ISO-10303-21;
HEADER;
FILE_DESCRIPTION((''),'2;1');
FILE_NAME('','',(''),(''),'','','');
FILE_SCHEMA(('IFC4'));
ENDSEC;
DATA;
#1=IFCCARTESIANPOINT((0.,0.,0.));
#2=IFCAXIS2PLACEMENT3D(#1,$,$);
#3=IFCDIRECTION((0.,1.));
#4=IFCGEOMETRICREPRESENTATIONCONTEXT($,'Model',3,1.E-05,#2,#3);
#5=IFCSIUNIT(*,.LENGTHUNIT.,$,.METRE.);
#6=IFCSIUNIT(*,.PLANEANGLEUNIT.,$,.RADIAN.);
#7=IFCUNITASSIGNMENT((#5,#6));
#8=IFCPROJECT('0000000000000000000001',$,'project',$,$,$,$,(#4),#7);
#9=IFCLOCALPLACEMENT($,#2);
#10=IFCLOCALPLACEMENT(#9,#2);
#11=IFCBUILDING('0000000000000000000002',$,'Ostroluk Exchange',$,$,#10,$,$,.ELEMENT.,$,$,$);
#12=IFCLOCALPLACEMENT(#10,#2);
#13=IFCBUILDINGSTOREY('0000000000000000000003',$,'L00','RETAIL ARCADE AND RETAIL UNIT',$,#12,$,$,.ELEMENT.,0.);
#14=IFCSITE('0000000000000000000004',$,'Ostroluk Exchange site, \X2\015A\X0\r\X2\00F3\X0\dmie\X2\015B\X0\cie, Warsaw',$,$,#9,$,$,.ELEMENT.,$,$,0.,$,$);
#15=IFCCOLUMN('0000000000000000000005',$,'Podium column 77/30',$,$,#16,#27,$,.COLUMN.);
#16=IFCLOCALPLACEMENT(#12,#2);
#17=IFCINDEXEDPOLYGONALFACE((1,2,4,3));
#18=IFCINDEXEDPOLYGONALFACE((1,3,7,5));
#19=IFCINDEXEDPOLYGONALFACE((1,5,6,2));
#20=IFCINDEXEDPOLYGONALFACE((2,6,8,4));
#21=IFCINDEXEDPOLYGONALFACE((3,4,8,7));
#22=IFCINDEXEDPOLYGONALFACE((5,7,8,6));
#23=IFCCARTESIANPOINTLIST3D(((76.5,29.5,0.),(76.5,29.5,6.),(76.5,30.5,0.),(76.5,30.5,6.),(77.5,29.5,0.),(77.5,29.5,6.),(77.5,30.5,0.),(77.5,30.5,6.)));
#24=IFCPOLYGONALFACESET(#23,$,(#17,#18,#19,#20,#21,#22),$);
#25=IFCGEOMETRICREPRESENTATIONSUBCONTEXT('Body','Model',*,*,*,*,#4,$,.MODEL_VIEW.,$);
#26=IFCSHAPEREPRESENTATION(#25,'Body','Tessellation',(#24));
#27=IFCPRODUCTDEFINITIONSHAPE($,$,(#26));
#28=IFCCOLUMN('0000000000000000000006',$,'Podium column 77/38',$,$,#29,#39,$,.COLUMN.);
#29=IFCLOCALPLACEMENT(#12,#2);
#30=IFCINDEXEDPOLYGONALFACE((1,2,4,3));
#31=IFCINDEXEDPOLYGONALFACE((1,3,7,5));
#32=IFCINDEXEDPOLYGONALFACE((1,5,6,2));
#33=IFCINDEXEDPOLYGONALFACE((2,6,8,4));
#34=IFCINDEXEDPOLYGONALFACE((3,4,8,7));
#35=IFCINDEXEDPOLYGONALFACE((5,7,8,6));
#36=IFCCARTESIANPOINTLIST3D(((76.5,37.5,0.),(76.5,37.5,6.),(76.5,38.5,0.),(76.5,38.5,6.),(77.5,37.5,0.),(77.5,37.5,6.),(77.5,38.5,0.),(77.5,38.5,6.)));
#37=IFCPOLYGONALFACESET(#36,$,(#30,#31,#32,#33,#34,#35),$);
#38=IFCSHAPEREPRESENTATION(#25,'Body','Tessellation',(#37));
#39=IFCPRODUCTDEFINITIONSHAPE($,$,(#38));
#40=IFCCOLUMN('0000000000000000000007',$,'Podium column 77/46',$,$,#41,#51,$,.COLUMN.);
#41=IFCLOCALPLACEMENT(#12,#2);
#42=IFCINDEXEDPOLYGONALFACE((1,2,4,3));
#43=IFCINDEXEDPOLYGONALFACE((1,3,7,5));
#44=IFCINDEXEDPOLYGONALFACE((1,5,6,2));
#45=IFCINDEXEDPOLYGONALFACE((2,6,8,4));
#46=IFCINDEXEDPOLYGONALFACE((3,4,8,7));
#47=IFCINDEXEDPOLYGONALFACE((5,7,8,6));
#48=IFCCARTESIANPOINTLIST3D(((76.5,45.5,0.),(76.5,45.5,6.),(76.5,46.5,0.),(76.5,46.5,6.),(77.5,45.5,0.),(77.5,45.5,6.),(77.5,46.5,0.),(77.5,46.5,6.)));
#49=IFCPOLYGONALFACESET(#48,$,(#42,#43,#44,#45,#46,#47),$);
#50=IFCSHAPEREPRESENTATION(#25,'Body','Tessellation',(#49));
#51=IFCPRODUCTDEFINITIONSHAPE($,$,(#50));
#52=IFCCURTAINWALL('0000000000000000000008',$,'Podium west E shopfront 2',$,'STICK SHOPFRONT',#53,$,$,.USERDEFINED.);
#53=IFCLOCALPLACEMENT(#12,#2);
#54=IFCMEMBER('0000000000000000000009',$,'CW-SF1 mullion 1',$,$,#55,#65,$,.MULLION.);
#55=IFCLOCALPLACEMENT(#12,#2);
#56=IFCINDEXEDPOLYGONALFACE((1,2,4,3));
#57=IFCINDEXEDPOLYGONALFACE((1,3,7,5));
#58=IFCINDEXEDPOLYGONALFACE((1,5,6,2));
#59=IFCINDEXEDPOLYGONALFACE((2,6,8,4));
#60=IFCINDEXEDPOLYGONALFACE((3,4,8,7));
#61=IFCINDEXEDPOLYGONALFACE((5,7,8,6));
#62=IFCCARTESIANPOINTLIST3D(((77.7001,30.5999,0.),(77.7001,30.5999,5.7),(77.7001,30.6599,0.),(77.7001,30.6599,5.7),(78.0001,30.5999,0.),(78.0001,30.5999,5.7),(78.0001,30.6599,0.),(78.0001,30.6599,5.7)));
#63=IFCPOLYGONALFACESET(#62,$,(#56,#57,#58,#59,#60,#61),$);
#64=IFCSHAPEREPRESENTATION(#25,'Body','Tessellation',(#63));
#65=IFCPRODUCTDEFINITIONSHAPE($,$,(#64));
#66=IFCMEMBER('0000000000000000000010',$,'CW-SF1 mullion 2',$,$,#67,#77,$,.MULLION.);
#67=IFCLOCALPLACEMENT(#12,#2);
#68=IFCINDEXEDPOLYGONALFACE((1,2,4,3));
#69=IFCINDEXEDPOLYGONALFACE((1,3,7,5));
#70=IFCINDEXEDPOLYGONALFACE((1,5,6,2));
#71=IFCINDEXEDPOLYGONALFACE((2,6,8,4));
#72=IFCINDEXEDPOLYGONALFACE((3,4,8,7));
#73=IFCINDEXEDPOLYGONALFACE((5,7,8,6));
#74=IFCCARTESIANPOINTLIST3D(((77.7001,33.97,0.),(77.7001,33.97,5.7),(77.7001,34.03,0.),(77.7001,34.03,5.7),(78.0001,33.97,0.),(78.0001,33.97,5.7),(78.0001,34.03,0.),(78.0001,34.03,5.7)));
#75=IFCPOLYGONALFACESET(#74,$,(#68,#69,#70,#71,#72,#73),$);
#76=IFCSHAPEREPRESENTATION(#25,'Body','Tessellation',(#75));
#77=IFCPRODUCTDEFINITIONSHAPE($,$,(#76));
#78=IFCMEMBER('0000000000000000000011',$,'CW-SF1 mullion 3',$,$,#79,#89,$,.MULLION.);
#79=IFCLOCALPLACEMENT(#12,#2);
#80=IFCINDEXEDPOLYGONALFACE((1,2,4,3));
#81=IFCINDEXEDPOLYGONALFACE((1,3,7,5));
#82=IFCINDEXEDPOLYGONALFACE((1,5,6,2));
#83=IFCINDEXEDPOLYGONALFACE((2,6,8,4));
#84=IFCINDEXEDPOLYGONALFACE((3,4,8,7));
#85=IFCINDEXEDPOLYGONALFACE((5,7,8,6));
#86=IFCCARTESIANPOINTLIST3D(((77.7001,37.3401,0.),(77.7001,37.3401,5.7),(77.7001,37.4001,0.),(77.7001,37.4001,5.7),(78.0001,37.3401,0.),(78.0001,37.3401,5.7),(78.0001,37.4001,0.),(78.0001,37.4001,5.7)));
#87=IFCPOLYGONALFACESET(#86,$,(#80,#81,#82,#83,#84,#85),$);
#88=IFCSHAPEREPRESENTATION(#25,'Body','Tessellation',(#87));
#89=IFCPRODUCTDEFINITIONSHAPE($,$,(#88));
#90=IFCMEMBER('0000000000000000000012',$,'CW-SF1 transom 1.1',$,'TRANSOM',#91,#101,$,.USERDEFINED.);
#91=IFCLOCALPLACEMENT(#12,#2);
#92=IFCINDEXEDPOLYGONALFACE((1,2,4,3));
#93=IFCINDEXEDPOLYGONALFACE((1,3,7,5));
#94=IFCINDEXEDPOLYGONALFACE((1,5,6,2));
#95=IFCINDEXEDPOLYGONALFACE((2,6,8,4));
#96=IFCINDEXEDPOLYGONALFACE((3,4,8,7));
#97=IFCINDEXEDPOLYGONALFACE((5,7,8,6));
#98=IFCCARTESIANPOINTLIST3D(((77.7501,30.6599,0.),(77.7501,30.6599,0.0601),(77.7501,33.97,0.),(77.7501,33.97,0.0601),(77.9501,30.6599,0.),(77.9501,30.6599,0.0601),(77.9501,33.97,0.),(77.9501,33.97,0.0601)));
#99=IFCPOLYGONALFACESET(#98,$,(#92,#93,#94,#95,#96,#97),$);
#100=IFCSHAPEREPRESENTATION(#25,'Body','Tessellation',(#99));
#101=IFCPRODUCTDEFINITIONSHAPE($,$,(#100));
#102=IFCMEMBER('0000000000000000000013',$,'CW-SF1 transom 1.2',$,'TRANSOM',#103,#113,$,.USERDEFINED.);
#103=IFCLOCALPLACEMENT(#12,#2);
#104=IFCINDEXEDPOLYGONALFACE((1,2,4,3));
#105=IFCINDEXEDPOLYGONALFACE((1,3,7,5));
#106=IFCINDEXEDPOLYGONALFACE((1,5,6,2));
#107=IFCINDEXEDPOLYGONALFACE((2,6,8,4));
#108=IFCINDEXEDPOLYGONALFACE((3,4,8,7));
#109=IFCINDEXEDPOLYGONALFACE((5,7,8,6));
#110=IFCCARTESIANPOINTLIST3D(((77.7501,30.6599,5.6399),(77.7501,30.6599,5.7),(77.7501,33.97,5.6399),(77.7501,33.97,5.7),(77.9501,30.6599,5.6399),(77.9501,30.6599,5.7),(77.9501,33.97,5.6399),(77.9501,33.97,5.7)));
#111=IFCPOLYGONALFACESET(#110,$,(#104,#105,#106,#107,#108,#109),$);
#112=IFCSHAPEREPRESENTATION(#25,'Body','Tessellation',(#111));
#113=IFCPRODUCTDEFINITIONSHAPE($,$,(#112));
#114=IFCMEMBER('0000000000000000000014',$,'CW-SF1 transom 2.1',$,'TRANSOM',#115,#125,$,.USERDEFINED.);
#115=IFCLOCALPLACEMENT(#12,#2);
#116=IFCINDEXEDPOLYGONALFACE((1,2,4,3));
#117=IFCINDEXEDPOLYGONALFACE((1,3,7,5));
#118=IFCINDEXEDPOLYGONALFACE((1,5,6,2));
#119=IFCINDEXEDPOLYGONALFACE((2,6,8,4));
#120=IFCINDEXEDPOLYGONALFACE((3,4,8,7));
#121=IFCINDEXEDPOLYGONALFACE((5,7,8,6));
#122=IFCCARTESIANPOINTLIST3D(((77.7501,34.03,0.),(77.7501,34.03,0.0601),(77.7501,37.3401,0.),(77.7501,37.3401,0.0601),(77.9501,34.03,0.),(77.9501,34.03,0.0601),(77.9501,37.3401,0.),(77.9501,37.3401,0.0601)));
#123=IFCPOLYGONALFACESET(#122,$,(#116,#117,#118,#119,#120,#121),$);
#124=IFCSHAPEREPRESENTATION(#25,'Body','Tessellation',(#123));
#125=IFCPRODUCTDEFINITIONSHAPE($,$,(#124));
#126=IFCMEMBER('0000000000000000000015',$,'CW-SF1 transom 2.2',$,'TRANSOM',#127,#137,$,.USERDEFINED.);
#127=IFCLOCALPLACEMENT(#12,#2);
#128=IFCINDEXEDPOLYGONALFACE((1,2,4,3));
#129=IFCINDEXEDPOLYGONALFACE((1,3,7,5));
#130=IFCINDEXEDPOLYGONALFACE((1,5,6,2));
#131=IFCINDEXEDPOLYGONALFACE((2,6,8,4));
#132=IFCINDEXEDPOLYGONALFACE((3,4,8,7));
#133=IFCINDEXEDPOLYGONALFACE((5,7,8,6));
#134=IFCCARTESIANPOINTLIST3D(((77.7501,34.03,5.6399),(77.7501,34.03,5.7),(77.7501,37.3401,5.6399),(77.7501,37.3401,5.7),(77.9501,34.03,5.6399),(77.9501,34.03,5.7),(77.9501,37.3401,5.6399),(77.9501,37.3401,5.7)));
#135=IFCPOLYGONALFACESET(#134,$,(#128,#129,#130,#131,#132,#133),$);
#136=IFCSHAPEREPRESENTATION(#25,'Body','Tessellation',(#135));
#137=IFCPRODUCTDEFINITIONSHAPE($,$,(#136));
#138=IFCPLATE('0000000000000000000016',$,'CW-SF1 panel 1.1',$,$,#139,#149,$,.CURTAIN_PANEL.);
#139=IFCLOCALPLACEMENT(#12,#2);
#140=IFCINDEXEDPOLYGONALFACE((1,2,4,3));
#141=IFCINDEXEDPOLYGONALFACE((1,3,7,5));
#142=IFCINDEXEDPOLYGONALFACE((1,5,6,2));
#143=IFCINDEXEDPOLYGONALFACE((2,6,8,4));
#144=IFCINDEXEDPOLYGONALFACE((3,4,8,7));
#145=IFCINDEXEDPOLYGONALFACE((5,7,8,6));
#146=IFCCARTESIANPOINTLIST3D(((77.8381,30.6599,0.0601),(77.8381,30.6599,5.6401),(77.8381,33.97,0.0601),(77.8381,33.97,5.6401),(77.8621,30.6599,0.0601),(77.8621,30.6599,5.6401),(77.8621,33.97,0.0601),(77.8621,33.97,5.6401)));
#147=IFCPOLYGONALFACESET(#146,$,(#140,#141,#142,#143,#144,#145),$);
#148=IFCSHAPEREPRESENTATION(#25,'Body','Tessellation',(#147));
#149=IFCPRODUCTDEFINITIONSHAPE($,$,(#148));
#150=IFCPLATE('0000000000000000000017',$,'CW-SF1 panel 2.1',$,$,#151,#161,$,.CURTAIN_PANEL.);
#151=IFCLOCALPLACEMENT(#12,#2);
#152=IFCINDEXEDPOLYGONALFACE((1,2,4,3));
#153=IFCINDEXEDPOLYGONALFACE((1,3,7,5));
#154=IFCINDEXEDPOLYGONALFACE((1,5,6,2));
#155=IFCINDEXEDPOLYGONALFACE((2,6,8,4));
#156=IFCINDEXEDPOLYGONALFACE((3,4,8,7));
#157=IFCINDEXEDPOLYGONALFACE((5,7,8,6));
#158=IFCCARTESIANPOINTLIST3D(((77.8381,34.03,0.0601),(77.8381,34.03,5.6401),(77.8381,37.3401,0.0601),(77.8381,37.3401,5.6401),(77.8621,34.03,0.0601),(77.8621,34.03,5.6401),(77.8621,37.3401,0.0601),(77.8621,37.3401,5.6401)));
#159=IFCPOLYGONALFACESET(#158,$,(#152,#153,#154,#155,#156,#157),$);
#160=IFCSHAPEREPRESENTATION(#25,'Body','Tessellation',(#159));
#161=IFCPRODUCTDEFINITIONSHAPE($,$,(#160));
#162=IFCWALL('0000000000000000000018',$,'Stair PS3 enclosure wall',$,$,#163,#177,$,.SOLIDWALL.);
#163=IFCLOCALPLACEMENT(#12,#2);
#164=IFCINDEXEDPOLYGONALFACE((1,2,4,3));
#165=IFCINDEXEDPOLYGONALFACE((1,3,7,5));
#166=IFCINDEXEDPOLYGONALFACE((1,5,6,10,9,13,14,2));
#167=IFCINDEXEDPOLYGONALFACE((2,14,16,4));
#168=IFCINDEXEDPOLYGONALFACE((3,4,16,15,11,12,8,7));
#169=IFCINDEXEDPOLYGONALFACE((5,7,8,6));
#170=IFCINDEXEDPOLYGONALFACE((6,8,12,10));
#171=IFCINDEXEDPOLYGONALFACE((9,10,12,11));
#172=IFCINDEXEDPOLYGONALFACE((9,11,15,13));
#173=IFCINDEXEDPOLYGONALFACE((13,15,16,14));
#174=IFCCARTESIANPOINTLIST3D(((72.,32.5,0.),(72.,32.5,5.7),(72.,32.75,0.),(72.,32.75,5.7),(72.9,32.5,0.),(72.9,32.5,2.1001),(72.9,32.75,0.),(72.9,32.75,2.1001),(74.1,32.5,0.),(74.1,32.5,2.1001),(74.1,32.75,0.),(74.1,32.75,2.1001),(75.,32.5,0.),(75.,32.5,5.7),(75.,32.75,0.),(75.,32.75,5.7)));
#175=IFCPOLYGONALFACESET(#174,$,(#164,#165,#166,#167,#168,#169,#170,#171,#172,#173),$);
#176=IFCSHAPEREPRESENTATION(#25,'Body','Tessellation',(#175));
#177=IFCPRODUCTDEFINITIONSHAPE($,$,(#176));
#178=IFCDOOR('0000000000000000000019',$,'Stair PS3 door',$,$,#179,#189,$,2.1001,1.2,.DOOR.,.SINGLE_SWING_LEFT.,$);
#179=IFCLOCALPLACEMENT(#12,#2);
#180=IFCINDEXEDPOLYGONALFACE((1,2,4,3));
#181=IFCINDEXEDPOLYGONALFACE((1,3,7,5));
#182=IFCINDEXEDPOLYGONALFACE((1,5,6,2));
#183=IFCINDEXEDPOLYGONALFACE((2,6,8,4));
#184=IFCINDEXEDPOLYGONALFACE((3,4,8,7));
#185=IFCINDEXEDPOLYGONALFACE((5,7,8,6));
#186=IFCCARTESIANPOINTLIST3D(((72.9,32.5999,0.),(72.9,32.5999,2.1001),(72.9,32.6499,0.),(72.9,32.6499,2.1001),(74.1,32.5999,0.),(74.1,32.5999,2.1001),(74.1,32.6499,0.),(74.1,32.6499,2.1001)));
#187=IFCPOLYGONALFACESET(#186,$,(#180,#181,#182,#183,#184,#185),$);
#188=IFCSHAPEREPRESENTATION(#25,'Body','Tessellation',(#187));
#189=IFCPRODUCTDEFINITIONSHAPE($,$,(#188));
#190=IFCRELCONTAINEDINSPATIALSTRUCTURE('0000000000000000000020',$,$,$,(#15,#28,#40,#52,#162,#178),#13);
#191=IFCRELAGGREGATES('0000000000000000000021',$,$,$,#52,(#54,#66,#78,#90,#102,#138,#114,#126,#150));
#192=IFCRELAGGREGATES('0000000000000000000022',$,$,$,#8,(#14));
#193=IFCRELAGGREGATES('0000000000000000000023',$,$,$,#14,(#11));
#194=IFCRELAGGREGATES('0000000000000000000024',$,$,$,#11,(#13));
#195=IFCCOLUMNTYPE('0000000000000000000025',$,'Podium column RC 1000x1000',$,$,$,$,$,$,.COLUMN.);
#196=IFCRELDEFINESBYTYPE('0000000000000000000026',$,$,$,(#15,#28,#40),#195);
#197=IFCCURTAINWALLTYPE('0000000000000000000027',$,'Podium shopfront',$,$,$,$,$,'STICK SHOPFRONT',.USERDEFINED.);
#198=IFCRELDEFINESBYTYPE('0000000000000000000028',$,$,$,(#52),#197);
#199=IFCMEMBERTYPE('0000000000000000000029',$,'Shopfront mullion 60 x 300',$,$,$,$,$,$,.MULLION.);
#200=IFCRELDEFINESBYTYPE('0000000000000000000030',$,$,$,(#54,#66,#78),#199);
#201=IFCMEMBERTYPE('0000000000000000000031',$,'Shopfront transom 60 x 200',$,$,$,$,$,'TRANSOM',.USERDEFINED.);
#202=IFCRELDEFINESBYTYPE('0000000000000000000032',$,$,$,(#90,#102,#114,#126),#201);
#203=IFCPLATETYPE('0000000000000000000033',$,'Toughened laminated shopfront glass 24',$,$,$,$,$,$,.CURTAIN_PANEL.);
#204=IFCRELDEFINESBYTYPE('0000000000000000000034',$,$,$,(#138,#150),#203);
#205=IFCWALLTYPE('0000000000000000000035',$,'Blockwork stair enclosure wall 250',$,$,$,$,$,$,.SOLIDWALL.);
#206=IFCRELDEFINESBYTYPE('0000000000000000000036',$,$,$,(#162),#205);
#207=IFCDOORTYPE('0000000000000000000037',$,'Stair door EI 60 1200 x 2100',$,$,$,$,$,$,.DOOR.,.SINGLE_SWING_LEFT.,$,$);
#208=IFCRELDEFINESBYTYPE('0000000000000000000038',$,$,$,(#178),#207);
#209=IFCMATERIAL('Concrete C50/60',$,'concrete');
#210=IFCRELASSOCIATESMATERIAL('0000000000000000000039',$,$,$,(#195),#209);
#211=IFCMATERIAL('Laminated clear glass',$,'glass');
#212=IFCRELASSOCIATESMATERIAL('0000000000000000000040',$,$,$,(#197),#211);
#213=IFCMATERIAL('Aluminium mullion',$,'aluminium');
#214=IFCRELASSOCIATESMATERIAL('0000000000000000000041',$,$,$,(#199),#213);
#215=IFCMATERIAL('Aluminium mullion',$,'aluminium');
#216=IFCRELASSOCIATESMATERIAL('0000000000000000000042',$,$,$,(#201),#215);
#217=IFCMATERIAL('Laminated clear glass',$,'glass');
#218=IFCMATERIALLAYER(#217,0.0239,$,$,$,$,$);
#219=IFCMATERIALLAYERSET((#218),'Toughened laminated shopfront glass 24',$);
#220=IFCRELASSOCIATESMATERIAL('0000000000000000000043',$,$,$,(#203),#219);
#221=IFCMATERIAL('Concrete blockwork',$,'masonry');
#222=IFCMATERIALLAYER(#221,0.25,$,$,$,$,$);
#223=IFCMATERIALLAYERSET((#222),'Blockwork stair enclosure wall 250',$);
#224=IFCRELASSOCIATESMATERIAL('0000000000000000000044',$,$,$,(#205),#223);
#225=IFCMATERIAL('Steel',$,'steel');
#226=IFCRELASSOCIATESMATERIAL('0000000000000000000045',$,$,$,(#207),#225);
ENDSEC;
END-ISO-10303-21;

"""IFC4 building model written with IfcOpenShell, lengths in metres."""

from ifc_helpers import new_model, si_unit, direction, frame, frame_2d, origin, origin_2d, place, context, subcontext, project, spatial, rectangle, extrude, material, layer, layer_set, material_profile, profile_set, type_object, element, fill, aggregate, save


model = new_model("IFC4")

# Units and contexts
model_context = context("Model", 3, precision=1e-05, world=origin(), true_north=direction((0.0, 1.0)))
body_context = subcontext(model_context, "Body", "Model", "MODEL_VIEW")
ifc_project = project(units=[si_unit("LENGTHUNIT", "METRE"), si_unit("PLANEANGLEUNIT", "RADIAN")], contexts=[model_context])

# Site, building, storey
site_placement = place(None, origin())
site = spatial("IfcSite", under=ifc_project, at=site_placement, Name="Ostroluk Exchange site, Śródmieście, Warsaw", CompositionType="ELEMENT", RefElevation=0.0)
building_placement = place(site_placement, origin())
building = spatial("IfcBuilding", under=site, at=building_placement, Name="Ostroluk Exchange", CompositionType="ELEMENT")
storey_placement = place(building_placement, origin())
storey = spatial("IfcBuildingStorey", under=building, at=storey_placement, Name="L00", Description="RETAIL ARCADE AND RETAIL UNIT", CompositionType="ELEMENT", Elevation=0.0)

# Columns
ifc_material_1 = material(Name="Concrete C50/60", Category="concrete")
ifc_material_profile_1 = material_profile(ifc_material_1, rectangle(XDim=1.0, YDim=1.0, at=origin_2d()), Name="RC 1000x1000")
ifc_profile_set_1 = profile_set([ifc_material_profile_1], Name="Concrete C50/60")
column_type = type_object("IfcColumnType", Name="Podium column RC 1000x1000", PredefinedType="COLUMN", material=ifc_profile_set_1)
for number, where, z_axis, x_axis, name in (
    (1, (77.0, 30.0, 0.0), (0.0, 0.0, 1.0), (1.0, 0.0, 0.0), "Podium column 77/30"),
    (2, (77.0, 38.0, 0.0), (0.0, 0.0, 1.0), (1.0, 0.0, 0.0), "Podium column 77/38"),
    (3, (77.0, 46.0, 0.0), (0.0, 0.0, 1.0), (1.0, 0.0, 0.0), "Podium column 77/46"),
):
    element("IfcColumn", number, at=place(storey_placement, frame(where, z_axis=z_axis, x_axis=x_axis)), inside=storey, type_object=column_type, Name=name, PredefinedType="COLUMN", context=body_context, shape_type="SweptSolid", body=[
        extrude(rectangle(XDim=1.0, YDim=1.0, at=origin_2d()), origin(), (0.0, 0.0, 1.0), 6.0),
    ])

# Curtain wall, members, plates
ifc_material_2 = material(Name="Laminated clear glass", Category="glass")
curtain_wall_type = type_object("IfcCurtainWallType", Name="Podium shopfront", ElementType="STICK SHOPFRONT", PredefinedType="USERDEFINED", material=ifc_material_2)
curtain_wall_placement = place(storey_placement, origin())
curtain_wall = element("IfcCurtainWall", 4, at=curtain_wall_placement, inside=storey, type_object=curtain_wall_type, Name="Podium west E shopfront 2", ObjectType="STICK SHOPFRONT", PredefinedType="USERDEFINED")
ifc_material_3 = material(Name="Aluminium mullion", Category="aluminium")
ifc_material_profile_2 = material_profile(ifc_material_3, rectangle(XDim=0.3, YDim=0.0601, at=origin_2d()), Name="Shopfront mullion 60 x 300")
ifc_profile_set_2 = profile_set([ifc_material_profile_2], Name="Aluminium mullion")
member_type_1 = type_object("IfcMemberType", Name="Shopfront mullion 60 x 300", PredefinedType="MULLION", material=ifc_profile_set_2)
member_1_placement = place(storey_placement, frame((77.8501, 30.6299, 0.0), z_axis=(0.0, 0.0, 1.0), x_axis=(-1.0, 0.0, 0.0)))
member_1 = element("IfcMember", 5, at=member_1_placement, type_object=member_type_1, Name="CW-SF1 mullion 1", PredefinedType="MULLION", context=body_context, shape_type="SweptSolid", body=[
    extrude(rectangle(XDim=0.3, YDim=0.0601, at=origin_2d()), origin(), (0.0, 0.0, 1.0), 5.7),
])
member_2_placement = place(storey_placement, frame((77.8501, 34.0, 0.0), z_axis=(0.0, 0.0, 1.0), x_axis=(-1.0, 0.0, 0.0)))
member_2 = element("IfcMember", 6, at=member_2_placement, type_object=member_type_1, Name="CW-SF1 mullion 2", PredefinedType="MULLION", context=body_context, shape_type="SweptSolid", body=[
    extrude(rectangle(XDim=0.3, YDim=0.0601, at=origin_2d()), origin(), (0.0, 0.0, 1.0), 5.7),
])
member_3_placement = place(storey_placement, frame((77.8501, 37.3701, 0.0), z_axis=(0.0, 0.0, 1.0), x_axis=(-1.0, 0.0, 0.0)))
member_3 = element("IfcMember", 7, at=member_3_placement, type_object=member_type_1, Name="CW-SF1 mullion 3", PredefinedType="MULLION", context=body_context, shape_type="SweptSolid", body=[
    extrude(rectangle(XDim=0.3, YDim=0.0601, at=origin_2d()), origin(), (0.0, 0.0, 1.0), 5.7),
])
ifc_material_4 = material(Name="Aluminium mullion", Category="aluminium")
ifc_material_profile_3 = material_profile(ifc_material_4, rectangle(XDim=0.2, YDim=0.0601, at=origin_2d()), Name="Shopfront transom 60 x 200")
ifc_profile_set_3 = profile_set([ifc_material_profile_3], Name="Aluminium mullion")
member_type_2 = type_object("IfcMemberType", Name="Shopfront transom 60 x 200", ElementType="TRANSOM", PredefinedType="USERDEFINED", material=ifc_profile_set_3)
member_4_placement = place(storey_placement, frame((77.8501, 30.6599, 0.03), z_axis=(0.0, 1.0, 0.0), x_axis=(-1.0, 0.0, 0.0)))
member_4 = element("IfcMember", 8, at=member_4_placement, type_object=member_type_2, Name="CW-SF1 transom 1.1", ObjectType="TRANSOM", PredefinedType="USERDEFINED", context=body_context, shape_type="SweptSolid", body=[
    extrude(rectangle(XDim=0.2, YDim=0.0601, at=origin_2d()), origin(), (0.0, 0.0, 1.0), 3.3101),
])
member_5_placement = place(storey_placement, frame((77.8501, 30.6599, 5.6699), z_axis=(0.0, 1.0, 0.0), x_axis=(-1.0, 0.0, 0.0)))
member_5 = element("IfcMember", 9, at=member_5_placement, type_object=member_type_2, Name="CW-SF1 transom 1.2", ObjectType="TRANSOM", PredefinedType="USERDEFINED", context=body_context, shape_type="SweptSolid", body=[
    extrude(rectangle(XDim=0.2, YDim=0.0601, at=origin_2d()), origin(), (0.0, 0.0, 1.0), 3.3101),
])
member_6_placement = place(storey_placement, frame((77.8501, 34.03, 0.03), z_axis=(0.0, 1.0, 0.0), x_axis=(-1.0, 0.0, 0.0)))
member_6 = element("IfcMember", 10, at=member_6_placement, type_object=member_type_2, Name="CW-SF1 transom 2.1", ObjectType="TRANSOM", PredefinedType="USERDEFINED", context=body_context, shape_type="SweptSolid", body=[
    extrude(rectangle(XDim=0.2, YDim=0.0601, at=origin_2d()), origin(), (0.0, 0.0, 1.0), 3.3101),
])
member_7_placement = place(storey_placement, frame((77.8501, 34.03, 5.6699), z_axis=(0.0, 1.0, 0.0), x_axis=(-1.0, 0.0, 0.0)))
member_7 = element("IfcMember", 11, at=member_7_placement, type_object=member_type_2, Name="CW-SF1 transom 2.2", ObjectType="TRANSOM", PredefinedType="USERDEFINED", context=body_context, shape_type="SweptSolid", body=[
    extrude(rectangle(XDim=0.2, YDim=0.0601, at=origin_2d()), origin(), (0.0, 0.0, 1.0), 3.3101),
])
ifc_material_5 = material(Name="Laminated clear glass", Category="glass")
ifc_layer_1 = layer(ifc_material_5, 0.0239)
ifc_layer_set_1 = layer_set([ifc_layer_1], Name="Toughened laminated shopfront glass 24")
plate_type = type_object("IfcPlateType", Name="Toughened laminated shopfront glass 24", PredefinedType="CURTAIN_PANEL", material=ifc_layer_set_1)
plate_1_placement = place(storey_placement, frame((77.8501, 32.3149, 0.0601), z_axis=(0.0, 0.0, 1.0), x_axis=(0.0, 1.0, 0.0)))
plate_1 = element("IfcPlate", 12, at=plate_1_placement, type_object=plate_type, Name="CW-SF1 panel 1.1", PredefinedType="CURTAIN_PANEL", context=body_context, shape_type="SweptSolid", body=[
    extrude(rectangle(XDim=3.3101, YDim=0.0239, at=origin_2d()), origin(), (0.0, 0.0, 1.0), 5.5801),
])
plate_2_placement = place(storey_placement, frame((77.8501, 35.6851, 0.0601), z_axis=(0.0, 0.0, 1.0), x_axis=(0.0, 1.0, 0.0)))
plate_2 = element("IfcPlate", 13, at=plate_2_placement, type_object=plate_type, Name="CW-SF1 panel 2.1", PredefinedType="CURTAIN_PANEL", context=body_context, shape_type="SweptSolid", body=[
    extrude(rectangle(XDim=3.3101, YDim=0.0239, at=origin_2d()), origin(), (0.0, 0.0, 1.0), 5.5801),
])
aggregate(curtain_wall, [member_1, member_2, member_3, member_4, member_5, plate_1, member_6, member_7, plate_2])

# Wall, opening, door
ifc_material_6 = material(Name="Concrete blockwork", Category="masonry")
ifc_layer_2 = layer(ifc_material_6, 0.25)
ifc_layer_set_2 = layer_set([ifc_layer_2], Name="Blockwork stair enclosure wall 250")
wall_type_1 = type_object("IfcWallType", Name="Blockwork stair enclosure wall 250", PredefinedType="SOLIDWALL", material=ifc_layer_set_2)
wall_1_placement = place(storey_placement, frame((72.0, 32.625, 0.0), z_axis=(0.0, 0.0, 1.0), x_axis=(1.0, 0.0, 0.0)))
wall_1 = element("IfcWall", 14, at=wall_1_placement, inside=storey, type_object=wall_type_1, Name="Stair PS3 enclosure wall", PredefinedType="SOLIDWALL", context=body_context, shape_type="SweptSolid", body=[
    extrude(rectangle(XDim=3.0, YDim=0.25, at=frame_2d((1.5, 0.0))), origin(), (0.0, 0.0, 1.0), 5.7),
])
opening_1_placement = place(wall_1_placement, frame((0.8999, 0.0, 0.0)))
opening_1 = element("IfcOpeningElement", 15, at=opening_1_placement, cuts=wall_1, PredefinedType="OPENING", context=body_context, shape_type="SweptSolid", body=[
    extrude(rectangle(XDim=1.2, YDim=2.1001, at=frame_2d((0.6001, 1.05))), frame((0.0, 0.135, 0.0), z_axis=(0.0, -1.0, 0.0), x_axis=(1.0, 0.0, 0.0)), (0.0, 0.0, 1.0), 0.27),
])
ifc_material_7 = material(Name="Steel", Category="steel")
door_type_1 = type_object("IfcDoorType", Name="Stair door EI 60 1200 x 2100", OperationType="SINGLE_SWING_LEFT", PredefinedType="DOOR", material=ifc_material_7)
door_1_placement = place(opening_1_placement, origin())
door_1 = element("IfcDoor", 16, at=door_1_placement, inside=storey, type_object=door_type_1, Name="Stair PS3 door", OperationType="SINGLE_SWING_LEFT", OverallHeight=2.1001, OverallWidth=1.2, PredefinedType="DOOR", context=body_context, shape_type="SweptSolid", body=[
    extrude(rectangle(XDim=1.2, YDim=2.1001, at=frame_2d((0.6001, 1.05))), frame((0.0, 0.0249, 0.0), z_axis=(0.0, -1.0, 0.0), x_axis=(1.0, 0.0, 0.0)), (0.0, 0.0, 1.0), 0.05),
])
fill(opening_1, door_1)

save(model, "model.ifc")
